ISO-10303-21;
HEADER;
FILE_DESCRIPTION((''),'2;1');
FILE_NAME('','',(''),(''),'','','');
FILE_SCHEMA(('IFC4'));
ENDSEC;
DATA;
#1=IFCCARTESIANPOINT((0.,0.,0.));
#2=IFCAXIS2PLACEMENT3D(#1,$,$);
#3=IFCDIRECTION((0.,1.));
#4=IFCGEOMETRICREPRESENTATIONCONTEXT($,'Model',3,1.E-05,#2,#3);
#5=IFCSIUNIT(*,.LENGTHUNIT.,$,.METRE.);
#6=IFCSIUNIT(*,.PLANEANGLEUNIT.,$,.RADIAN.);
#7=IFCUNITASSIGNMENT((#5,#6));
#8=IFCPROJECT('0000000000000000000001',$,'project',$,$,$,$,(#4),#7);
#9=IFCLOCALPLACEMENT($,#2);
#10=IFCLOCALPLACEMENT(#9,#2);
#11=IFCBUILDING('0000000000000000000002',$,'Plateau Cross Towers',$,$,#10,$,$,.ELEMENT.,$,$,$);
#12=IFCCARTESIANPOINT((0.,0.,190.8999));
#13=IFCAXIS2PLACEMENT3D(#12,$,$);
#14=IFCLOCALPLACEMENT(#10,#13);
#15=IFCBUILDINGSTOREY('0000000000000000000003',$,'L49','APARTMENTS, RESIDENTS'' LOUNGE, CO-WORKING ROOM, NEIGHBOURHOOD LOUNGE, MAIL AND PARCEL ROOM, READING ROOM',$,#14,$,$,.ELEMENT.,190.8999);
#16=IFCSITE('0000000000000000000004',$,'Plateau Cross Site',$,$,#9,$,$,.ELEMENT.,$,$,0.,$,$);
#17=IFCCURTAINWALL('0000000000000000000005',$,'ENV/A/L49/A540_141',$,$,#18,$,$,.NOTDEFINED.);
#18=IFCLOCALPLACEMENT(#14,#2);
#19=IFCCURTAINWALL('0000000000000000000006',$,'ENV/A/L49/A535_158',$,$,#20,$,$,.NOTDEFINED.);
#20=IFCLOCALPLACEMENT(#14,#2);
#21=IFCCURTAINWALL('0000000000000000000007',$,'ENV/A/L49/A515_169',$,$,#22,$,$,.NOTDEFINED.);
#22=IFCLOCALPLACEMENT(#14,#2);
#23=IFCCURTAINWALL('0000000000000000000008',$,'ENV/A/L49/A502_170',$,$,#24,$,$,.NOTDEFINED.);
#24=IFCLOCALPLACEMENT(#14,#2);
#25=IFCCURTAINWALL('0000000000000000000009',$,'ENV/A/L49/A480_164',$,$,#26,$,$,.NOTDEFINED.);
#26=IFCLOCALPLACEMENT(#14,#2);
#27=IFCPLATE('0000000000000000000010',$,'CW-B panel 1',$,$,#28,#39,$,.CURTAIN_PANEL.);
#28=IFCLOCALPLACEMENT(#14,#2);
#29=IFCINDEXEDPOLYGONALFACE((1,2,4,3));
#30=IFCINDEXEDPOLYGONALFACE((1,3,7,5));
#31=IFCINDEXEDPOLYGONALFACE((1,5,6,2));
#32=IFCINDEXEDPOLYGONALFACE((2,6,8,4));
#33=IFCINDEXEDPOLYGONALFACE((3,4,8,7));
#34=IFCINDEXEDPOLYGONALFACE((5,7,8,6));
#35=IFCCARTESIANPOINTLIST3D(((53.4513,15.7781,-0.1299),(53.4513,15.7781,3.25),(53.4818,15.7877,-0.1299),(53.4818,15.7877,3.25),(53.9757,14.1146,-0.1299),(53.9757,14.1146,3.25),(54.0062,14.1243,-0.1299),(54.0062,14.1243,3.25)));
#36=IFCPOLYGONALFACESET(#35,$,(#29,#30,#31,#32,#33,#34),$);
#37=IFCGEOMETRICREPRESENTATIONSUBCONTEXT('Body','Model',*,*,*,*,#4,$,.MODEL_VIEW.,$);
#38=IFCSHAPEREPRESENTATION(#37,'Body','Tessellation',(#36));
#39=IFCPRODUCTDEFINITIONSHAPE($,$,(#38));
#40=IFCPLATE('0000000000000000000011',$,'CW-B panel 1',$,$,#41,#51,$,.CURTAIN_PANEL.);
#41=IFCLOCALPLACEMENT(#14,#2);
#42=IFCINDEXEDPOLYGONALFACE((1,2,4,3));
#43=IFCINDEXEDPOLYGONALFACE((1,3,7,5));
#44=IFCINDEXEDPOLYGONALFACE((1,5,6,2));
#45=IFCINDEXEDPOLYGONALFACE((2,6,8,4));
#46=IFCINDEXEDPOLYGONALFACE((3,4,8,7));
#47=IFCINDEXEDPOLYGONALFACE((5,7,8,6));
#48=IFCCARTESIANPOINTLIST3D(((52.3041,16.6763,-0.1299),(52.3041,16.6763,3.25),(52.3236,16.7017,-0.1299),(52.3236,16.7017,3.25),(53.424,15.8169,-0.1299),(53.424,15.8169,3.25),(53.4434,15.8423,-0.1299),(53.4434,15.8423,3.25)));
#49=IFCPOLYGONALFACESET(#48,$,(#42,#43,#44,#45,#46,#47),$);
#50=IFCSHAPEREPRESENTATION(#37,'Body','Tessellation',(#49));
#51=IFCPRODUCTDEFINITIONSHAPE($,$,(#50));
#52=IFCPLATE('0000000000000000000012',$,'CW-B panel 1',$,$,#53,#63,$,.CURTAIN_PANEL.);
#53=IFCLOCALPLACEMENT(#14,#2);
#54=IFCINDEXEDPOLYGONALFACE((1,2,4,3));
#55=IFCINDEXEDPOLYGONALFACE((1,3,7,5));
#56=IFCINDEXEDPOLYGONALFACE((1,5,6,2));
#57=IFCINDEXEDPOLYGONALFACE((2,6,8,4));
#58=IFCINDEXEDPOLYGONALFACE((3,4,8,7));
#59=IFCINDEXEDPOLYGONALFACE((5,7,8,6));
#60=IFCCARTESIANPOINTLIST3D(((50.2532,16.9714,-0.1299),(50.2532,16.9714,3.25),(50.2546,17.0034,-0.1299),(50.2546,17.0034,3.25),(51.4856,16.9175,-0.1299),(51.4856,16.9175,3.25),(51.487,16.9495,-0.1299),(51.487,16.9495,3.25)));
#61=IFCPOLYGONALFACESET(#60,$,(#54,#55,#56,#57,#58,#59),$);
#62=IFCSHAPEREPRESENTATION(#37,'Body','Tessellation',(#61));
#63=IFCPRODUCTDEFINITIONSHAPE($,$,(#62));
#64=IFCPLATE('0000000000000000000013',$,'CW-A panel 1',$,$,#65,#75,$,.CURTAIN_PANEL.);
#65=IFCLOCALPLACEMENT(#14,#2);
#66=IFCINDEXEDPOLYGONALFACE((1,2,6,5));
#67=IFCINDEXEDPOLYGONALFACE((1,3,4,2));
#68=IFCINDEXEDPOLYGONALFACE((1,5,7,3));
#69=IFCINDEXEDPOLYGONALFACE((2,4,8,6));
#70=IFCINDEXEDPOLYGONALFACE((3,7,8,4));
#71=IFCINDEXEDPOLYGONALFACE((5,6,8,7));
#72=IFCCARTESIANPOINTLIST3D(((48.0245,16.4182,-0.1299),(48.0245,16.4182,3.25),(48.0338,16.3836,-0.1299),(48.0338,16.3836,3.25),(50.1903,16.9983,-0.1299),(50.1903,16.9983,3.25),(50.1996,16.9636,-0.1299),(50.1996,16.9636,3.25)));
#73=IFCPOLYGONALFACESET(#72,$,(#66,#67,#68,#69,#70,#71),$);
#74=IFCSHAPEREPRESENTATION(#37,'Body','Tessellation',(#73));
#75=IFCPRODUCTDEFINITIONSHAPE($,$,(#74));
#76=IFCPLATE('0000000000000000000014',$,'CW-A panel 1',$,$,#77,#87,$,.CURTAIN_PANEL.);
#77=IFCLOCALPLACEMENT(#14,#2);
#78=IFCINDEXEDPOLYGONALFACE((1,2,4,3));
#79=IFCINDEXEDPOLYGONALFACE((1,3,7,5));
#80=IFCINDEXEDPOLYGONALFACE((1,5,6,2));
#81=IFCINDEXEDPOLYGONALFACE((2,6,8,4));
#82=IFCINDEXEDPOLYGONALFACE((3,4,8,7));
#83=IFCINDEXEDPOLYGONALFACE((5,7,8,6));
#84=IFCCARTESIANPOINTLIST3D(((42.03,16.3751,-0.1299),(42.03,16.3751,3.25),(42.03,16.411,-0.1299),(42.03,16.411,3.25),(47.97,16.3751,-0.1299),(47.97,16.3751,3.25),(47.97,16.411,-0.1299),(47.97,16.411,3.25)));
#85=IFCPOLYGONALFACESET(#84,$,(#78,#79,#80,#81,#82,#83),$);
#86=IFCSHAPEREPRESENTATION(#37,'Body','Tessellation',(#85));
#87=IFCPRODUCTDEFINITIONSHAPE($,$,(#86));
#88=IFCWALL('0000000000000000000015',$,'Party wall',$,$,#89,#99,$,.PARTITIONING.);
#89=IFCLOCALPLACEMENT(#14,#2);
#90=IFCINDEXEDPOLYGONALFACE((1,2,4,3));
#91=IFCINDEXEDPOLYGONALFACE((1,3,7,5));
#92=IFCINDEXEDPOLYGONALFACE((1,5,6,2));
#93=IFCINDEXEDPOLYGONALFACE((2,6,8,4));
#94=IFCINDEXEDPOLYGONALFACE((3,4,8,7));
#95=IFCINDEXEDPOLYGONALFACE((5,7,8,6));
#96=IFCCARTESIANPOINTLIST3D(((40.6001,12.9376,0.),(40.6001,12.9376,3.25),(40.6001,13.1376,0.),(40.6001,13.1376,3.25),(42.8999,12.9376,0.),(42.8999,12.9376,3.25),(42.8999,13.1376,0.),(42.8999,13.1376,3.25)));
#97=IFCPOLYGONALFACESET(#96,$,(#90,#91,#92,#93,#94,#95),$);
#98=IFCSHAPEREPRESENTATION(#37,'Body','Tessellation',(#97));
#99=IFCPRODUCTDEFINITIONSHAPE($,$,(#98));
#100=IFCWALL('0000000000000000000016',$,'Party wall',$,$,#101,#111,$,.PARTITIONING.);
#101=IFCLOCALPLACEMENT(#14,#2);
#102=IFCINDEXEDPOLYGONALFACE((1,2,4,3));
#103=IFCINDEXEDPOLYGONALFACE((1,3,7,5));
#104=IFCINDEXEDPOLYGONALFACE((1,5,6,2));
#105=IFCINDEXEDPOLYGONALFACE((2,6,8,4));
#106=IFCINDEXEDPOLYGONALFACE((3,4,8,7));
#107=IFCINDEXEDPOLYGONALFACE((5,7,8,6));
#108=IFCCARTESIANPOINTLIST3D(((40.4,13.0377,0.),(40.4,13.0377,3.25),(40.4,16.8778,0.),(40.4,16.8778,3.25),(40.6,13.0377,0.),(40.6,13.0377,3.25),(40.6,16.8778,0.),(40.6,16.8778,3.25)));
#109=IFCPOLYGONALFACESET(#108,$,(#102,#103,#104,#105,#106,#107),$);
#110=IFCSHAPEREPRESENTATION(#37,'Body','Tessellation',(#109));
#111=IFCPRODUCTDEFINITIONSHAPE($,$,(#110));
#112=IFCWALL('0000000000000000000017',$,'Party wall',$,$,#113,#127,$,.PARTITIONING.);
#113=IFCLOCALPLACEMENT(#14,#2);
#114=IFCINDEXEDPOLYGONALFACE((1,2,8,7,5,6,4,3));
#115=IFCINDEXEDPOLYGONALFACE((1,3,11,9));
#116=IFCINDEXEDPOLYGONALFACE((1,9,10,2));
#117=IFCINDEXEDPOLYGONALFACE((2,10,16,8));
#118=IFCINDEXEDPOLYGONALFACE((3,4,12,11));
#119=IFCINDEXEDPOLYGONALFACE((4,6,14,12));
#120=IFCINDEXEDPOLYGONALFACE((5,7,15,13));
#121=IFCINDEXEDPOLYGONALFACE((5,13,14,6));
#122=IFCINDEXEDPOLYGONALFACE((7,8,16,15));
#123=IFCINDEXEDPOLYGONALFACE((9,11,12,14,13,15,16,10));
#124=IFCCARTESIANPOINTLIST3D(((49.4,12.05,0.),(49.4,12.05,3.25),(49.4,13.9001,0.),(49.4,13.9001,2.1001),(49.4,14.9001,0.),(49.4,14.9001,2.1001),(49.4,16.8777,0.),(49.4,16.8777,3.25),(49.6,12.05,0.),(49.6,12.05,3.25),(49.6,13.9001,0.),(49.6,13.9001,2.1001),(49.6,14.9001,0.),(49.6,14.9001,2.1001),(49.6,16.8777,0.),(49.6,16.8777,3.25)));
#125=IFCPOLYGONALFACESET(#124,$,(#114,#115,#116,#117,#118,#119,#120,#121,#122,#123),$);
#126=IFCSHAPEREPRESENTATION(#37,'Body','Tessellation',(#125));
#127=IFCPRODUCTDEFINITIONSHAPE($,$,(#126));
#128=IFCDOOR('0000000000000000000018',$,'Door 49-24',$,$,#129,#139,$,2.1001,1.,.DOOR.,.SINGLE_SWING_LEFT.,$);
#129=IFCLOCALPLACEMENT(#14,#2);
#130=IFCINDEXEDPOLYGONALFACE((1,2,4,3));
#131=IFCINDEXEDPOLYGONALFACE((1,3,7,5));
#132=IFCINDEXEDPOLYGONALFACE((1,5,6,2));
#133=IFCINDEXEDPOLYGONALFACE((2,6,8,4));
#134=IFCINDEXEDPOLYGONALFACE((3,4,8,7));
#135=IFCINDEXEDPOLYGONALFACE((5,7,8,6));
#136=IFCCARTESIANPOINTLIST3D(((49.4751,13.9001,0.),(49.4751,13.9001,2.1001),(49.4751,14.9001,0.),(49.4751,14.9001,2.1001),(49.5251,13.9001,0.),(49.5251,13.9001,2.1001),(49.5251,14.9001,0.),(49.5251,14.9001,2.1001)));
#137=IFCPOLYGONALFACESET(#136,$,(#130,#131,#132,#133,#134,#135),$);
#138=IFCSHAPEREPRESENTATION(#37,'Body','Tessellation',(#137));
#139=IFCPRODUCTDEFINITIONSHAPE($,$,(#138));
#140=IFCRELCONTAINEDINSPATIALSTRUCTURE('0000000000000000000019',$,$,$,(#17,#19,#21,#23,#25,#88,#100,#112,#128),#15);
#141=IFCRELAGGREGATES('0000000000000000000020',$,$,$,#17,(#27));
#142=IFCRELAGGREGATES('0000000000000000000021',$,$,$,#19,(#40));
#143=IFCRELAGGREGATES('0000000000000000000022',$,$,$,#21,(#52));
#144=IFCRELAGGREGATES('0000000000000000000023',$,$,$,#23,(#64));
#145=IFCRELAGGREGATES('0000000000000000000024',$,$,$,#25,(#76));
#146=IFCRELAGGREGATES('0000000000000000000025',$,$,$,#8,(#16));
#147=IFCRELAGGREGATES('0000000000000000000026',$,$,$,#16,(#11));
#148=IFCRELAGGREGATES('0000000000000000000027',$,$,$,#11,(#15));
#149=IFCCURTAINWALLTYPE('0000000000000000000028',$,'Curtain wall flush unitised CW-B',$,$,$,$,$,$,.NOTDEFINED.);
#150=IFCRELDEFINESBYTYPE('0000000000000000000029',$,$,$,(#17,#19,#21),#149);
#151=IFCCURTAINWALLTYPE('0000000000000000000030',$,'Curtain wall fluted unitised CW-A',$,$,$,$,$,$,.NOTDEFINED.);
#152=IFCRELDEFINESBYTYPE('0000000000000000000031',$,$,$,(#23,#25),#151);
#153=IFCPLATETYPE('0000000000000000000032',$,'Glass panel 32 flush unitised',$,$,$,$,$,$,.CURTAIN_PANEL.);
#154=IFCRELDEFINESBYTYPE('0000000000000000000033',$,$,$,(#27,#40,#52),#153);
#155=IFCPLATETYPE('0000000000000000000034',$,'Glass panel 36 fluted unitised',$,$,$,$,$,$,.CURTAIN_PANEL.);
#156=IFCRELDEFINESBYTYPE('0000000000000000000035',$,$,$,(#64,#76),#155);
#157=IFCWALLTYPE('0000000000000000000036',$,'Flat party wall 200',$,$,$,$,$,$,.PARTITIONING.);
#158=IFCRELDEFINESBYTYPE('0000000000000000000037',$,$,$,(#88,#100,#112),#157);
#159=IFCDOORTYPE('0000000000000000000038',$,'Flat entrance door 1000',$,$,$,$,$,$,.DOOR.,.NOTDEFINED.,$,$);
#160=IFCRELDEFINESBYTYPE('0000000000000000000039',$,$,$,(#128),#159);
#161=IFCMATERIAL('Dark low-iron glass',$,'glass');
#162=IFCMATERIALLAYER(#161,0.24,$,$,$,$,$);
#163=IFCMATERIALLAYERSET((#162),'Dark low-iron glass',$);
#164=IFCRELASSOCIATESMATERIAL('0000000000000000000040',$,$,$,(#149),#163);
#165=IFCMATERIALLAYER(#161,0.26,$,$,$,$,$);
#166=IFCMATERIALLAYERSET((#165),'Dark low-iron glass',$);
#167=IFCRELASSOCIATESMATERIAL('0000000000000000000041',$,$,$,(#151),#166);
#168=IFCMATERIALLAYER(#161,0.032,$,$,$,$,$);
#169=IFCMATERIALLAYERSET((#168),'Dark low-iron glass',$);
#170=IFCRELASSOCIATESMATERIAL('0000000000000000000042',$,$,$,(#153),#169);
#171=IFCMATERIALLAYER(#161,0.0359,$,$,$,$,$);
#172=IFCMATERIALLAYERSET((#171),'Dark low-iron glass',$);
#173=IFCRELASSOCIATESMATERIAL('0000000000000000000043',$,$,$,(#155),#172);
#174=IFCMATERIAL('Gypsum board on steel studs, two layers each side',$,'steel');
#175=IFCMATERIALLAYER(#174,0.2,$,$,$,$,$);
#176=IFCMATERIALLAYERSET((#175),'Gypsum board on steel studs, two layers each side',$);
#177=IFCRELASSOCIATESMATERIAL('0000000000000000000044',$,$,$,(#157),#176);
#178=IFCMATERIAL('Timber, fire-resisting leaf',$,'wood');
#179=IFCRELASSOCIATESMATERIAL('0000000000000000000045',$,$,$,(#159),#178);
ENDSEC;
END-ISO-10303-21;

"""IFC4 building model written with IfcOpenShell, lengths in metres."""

from ifc_helpers import new_model, si_unit, direction, frame, frame_2d, origin, origin_2d, place, context, subcontext, project, spatial, rectangle, extrude, material, layer, layer_set, type_object, element, fill, aggregate, save


model = new_model("IFC4")

# Units and contexts
model_context = context("Model", 3, precision=1e-05, world=origin(), true_north=direction((0.0, 1.0)))
body_context = subcontext(model_context, "Body", "Model", "MODEL_VIEW")
ifc_project = project(units=[si_unit("LENGTHUNIT", "METRE"), si_unit("PLANEANGLEUNIT", "RADIAN")], contexts=[model_context])

# Site, building, storey
site_placement = place(None, origin())
site = spatial("IfcSite", under=ifc_project, at=site_placement, Name="Plateau Cross Site", CompositionType="ELEMENT", RefElevation=0.0)
building_placement = place(site_placement, origin())
building = spatial("IfcBuilding", under=site, at=building_placement, Name="Plateau Cross Towers", CompositionType="ELEMENT")
storey_placement = place(building_placement, frame((0.0, 0.0, 190.8999)))
storey = spatial("IfcBuildingStorey", under=building, at=storey_placement, Name="L49", Description="APARTMENTS, RESIDENTS' LOUNGE, CO-WORKING ROOM, NEIGHBOURHOOD LOUNGE, MAIL AND PARCEL ROOM, READING ROOM", CompositionType="ELEMENT", Elevation=190.8999)

# Curtain wall
ifc_material_1 = material(Name="Dark low-iron glass", Category="glass")
ifc_layer_1 = layer(ifc_material_1, 0.24)
ifc_layer_set_1 = layer_set([ifc_layer_1], Name="Dark low-iron glass")
curtain_wall_type_1 = type_object("IfcCurtainWallType", Name="Curtain wall flush unitised CW-B", PredefinedType="NOTDEFINED", material=ifc_layer_set_1)
curtain_wall_1_placement = place(storey_placement, origin())
curtain_wall_1 = element("IfcCurtainWall", 1, at=curtain_wall_1_placement, inside=storey, type_object=curtain_wall_type_1, Name="ENV/A/L49/A540_141", PredefinedType="NOTDEFINED")

# Curtain wall
curtain_wall_2_placement = place(storey_placement, origin())
curtain_wall_2 = element("IfcCurtainWall", 2, at=curtain_wall_2_placement, inside=storey, type_object=curtain_wall_type_1, Name="ENV/A/L49/A535_158", PredefinedType="NOTDEFINED")

# Curtain walls
curtain_wall_3_placement = place(storey_placement, origin())
curtain_wall_3 = element("IfcCurtainWall", 3, at=curtain_wall_3_placement, inside=storey, type_object=curtain_wall_type_1, Name="ENV/A/L49/A515_169", PredefinedType="NOTDEFINED")
ifc_layer_2 = layer(ifc_material_1, 0.26)
ifc_layer_set_2 = layer_set([ifc_layer_2], Name="Dark low-iron glass")
curtain_wall_type_2 = type_object("IfcCurtainWallType", Name="Curtain wall fluted unitised CW-A", PredefinedType="NOTDEFINED", material=ifc_layer_set_2)
curtain_wall_4_placement = place(storey_placement, origin())
curtain_wall_4 = element("IfcCurtainWall", 4, at=curtain_wall_4_placement, inside=storey, type_object=curtain_wall_type_2, Name="ENV/A/L49/A502_170", PredefinedType="NOTDEFINED")
curtain_wall_5_placement = place(storey_placement, origin())
curtain_wall_5 = element("IfcCurtainWall", 5, at=curtain_wall_5_placement, inside=storey, type_object=curtain_wall_type_2, Name="ENV/A/L49/A480_164", PredefinedType="NOTDEFINED")

# Plates
ifc_layer_3 = layer(ifc_material_1, 0.032)
ifc_layer_set_3 = layer_set([ifc_layer_3], Name="Dark low-iron glass")
plate_type_1 = type_object("IfcPlateType", Name="Glass panel 32 flush unitised", PredefinedType="CURTAIN_PANEL", material=ifc_layer_set_3)
plate_1_placement = place(storey_placement, frame((53.7288, 14.9512, -0.1299), z_axis=(0.0, 0.0, 1.0), x_axis=(-0.300686, 0.953723, 0.0)))
plate_1 = element("IfcPlate", 6, at=plate_1_placement, type_object=plate_type_1, Name="CW-B panel 1", PredefinedType="CURTAIN_PANEL", context=body_context, shape_type="SweptSolid", body=[
    extrude(rectangle(XDim=1.7441, YDim=0.032, at=origin_2d()), origin(), (0.0, 0.0, 1.0), 3.3799),
])
aggregate(curtain_wall_1, [plate_1])
plate_2_placement = place(storey_placement, frame((52.8738, 16.2593, -0.1299), z_axis=(0.0, 0.0, 1.0), x_axis=(-0.793316, 0.608811, 0.0)))
plate_2 = element("IfcPlate", 7, at=plate_2_placement, type_object=plate_type_1, Name="CW-B panel 1", PredefinedType="CURTAIN_PANEL", context=body_context, shape_type="SweptSolid", body=[
    extrude(rectangle(XDim=1.4116, YDim=0.032, at=origin_2d()), origin(), (0.0, 0.0, 1.0), 3.3799),
])
aggregate(curtain_wall_2, [plate_2])
plate_3_placement = place(storey_placement, frame((50.8701, 16.9604, -0.1299), z_axis=(0.0, 0.0, 1.0), x_axis=(-0.999044, 0.043723, 0.0)))
plate_3 = element("IfcPlate", 8, at=plate_3_placement, type_object=plate_type_1, Name="CW-B panel 1", PredefinedType="CURTAIN_PANEL", context=body_context, shape_type="SweptSolid", body=[
    extrude(rectangle(XDim=1.2336, YDim=0.032, at=origin_2d()), origin(), (0.0, 0.0, 1.0), 3.3799),
])
aggregate(curtain_wall_3, [plate_3])
ifc_layer_4 = layer(ifc_material_1, 0.0359)
ifc_layer_set_4 = layer_set([ifc_layer_4], Name="Dark low-iron glass")
plate_type_2 = type_object("IfcPlateType", Name="Glass panel 36 fluted unitised", PredefinedType="CURTAIN_PANEL", material=ifc_layer_set_4)
plate_4_placement = place(storey_placement, frame((49.1121, 16.6909, -0.1299), z_axis=(0.0, 0.0, 1.0), x_axis=(-0.965958, -0.258699, 0.0)))
plate_4 = element("IfcPlate", 9, at=plate_4_placement, type_object=plate_type_2, Name="CW-A panel 1", PredefinedType="CURTAIN_PANEL", context=body_context, shape_type="SweptSolid", body=[
    extrude(rectangle(XDim=2.2422, YDim=0.0359, at=origin_2d()), origin(), (0.0, 0.0, 1.0), 3.3799),
])
aggregate(curtain_wall_4, [plate_4])
plate_5_placement = place(storey_placement, frame((45.0, 16.3931, -0.1299), z_axis=(0.0, 0.0, 1.0), x_axis=(-1.0, 0.0, 0.0)))
plate_5 = element("IfcPlate", 10, at=plate_5_placement, type_object=plate_type_2, Name="CW-A panel 1", PredefinedType="CURTAIN_PANEL", context=body_context, shape_type="SweptSolid", body=[
    extrude(rectangle(XDim=5.9399, YDim=0.0359, at=origin_2d()), origin(), (0.0, 0.0, 1.0), 3.3799),
])
aggregate(curtain_wall_5, [plate_5])

# Walls
ifc_material_2 = material(Name="Gypsum board on steel studs, two layers each side", Category="steel")
ifc_layer_5 = layer(ifc_material_2, 0.2)
ifc_layer_set_5 = layer_set([ifc_layer_5], Name="Gypsum board on steel studs, two layers each side")
wall_type = type_object("IfcWallType", Name="Flat party wall 200", PredefinedType="PARTITIONING", material=ifc_layer_set_5)
wall_1_placement = place(storey_placement, frame((42.8999, 13.0376, 0.0), z_axis=(0.0, 0.0, 1.0), x_axis=(-1.0, 0.0, 0.0)))
element("IfcWall", 11, at=wall_1_placement, inside=storey, type_object=wall_type, Name="Party wall", PredefinedType="PARTITIONING", context=body_context, shape_type="SweptSolid", body=[
    extrude(rectangle(XDim=2.2998, YDim=0.2, at=frame_2d((1.1499, 0.0))), origin(), (0.0, 0.0, 1.0), 3.25),
])
wall_2_placement = place(storey_placement, frame((40.5, 16.8777, 0.0), z_axis=(0.0, 0.0, 1.0), x_axis=(0.0, -1.0, 0.0)))
element("IfcWall", 12, at=wall_2_placement, inside=storey, type_object=wall_type, Name="Party wall", PredefinedType="PARTITIONING", context=body_context, shape_type="SweptSolid", body=[
    extrude(rectangle(XDim=3.8401, YDim=0.2, at=frame_2d((1.9199, 0.0))), origin(), (0.0, 0.0, 1.0), 3.25),
])

# Wall, opening, door
wall_3_placement = place(storey_placement, frame((49.5, 12.05, 0.0), z_axis=(0.0, 0.0, 1.0), x_axis=(0.0, 1.0, 0.0)))
wall_3 = element("IfcWall", 13, at=wall_3_placement, inside=storey, type_object=wall_type, Name="Party wall", PredefinedType="PARTITIONING", context=body_context, shape_type="SweptSolid", body=[
    extrude(rectangle(XDim=4.8276, YDim=0.2, at=frame_2d((2.4138, 0.0))), origin(), (0.0, 0.0, 1.0), 3.25),
])
opening_placement = place(wall_3_placement, frame((1.8501, 0.0, 0.0)))
opening = element("IfcOpeningElement", 14, at=opening_placement, cuts=wall_3, PredefinedType="OPENING", context=body_context, shape_type="SweptSolid", body=[
    extrude(rectangle(XDim=1.0, YDim=2.1001, at=frame_2d((0.5, 1.05))), frame((0.0, 0.1099, 0.0), z_axis=(0.0, -1.0, 0.0), x_axis=(1.0, 0.0, 0.0)), (0.0, 0.0, 1.0), 0.22),
])
ifc_material_3 = material(Name="Timber, fire-resisting leaf", Category="wood")
door_type = type_object("IfcDoorType", Name="Flat entrance door 1000", OperationType="NOTDEFINED", PredefinedType="DOOR", material=ifc_material_3)
door_placement = place(opening_placement, origin())
door = element("IfcDoor", 15, at=door_placement, inside=storey, type_object=door_type, Name="Door 49-24", OperationType="SINGLE_SWING_LEFT", OverallHeight=2.1001, OverallWidth=1.0, PredefinedType="DOOR", context=body_context, shape_type="SweptSolid", body=[
    extrude(rectangle(XDim=1.0, YDim=2.1001, at=frame_2d((0.5, 1.05))), frame((0.0, 0.0249, 0.0), z_axis=(0.0, -1.0, 0.0), x_axis=(1.0, 0.0, 0.0)), (0.0, 0.0, 1.0), 0.05),
])
fill(opening, door)

save(model, "model.ifc")
